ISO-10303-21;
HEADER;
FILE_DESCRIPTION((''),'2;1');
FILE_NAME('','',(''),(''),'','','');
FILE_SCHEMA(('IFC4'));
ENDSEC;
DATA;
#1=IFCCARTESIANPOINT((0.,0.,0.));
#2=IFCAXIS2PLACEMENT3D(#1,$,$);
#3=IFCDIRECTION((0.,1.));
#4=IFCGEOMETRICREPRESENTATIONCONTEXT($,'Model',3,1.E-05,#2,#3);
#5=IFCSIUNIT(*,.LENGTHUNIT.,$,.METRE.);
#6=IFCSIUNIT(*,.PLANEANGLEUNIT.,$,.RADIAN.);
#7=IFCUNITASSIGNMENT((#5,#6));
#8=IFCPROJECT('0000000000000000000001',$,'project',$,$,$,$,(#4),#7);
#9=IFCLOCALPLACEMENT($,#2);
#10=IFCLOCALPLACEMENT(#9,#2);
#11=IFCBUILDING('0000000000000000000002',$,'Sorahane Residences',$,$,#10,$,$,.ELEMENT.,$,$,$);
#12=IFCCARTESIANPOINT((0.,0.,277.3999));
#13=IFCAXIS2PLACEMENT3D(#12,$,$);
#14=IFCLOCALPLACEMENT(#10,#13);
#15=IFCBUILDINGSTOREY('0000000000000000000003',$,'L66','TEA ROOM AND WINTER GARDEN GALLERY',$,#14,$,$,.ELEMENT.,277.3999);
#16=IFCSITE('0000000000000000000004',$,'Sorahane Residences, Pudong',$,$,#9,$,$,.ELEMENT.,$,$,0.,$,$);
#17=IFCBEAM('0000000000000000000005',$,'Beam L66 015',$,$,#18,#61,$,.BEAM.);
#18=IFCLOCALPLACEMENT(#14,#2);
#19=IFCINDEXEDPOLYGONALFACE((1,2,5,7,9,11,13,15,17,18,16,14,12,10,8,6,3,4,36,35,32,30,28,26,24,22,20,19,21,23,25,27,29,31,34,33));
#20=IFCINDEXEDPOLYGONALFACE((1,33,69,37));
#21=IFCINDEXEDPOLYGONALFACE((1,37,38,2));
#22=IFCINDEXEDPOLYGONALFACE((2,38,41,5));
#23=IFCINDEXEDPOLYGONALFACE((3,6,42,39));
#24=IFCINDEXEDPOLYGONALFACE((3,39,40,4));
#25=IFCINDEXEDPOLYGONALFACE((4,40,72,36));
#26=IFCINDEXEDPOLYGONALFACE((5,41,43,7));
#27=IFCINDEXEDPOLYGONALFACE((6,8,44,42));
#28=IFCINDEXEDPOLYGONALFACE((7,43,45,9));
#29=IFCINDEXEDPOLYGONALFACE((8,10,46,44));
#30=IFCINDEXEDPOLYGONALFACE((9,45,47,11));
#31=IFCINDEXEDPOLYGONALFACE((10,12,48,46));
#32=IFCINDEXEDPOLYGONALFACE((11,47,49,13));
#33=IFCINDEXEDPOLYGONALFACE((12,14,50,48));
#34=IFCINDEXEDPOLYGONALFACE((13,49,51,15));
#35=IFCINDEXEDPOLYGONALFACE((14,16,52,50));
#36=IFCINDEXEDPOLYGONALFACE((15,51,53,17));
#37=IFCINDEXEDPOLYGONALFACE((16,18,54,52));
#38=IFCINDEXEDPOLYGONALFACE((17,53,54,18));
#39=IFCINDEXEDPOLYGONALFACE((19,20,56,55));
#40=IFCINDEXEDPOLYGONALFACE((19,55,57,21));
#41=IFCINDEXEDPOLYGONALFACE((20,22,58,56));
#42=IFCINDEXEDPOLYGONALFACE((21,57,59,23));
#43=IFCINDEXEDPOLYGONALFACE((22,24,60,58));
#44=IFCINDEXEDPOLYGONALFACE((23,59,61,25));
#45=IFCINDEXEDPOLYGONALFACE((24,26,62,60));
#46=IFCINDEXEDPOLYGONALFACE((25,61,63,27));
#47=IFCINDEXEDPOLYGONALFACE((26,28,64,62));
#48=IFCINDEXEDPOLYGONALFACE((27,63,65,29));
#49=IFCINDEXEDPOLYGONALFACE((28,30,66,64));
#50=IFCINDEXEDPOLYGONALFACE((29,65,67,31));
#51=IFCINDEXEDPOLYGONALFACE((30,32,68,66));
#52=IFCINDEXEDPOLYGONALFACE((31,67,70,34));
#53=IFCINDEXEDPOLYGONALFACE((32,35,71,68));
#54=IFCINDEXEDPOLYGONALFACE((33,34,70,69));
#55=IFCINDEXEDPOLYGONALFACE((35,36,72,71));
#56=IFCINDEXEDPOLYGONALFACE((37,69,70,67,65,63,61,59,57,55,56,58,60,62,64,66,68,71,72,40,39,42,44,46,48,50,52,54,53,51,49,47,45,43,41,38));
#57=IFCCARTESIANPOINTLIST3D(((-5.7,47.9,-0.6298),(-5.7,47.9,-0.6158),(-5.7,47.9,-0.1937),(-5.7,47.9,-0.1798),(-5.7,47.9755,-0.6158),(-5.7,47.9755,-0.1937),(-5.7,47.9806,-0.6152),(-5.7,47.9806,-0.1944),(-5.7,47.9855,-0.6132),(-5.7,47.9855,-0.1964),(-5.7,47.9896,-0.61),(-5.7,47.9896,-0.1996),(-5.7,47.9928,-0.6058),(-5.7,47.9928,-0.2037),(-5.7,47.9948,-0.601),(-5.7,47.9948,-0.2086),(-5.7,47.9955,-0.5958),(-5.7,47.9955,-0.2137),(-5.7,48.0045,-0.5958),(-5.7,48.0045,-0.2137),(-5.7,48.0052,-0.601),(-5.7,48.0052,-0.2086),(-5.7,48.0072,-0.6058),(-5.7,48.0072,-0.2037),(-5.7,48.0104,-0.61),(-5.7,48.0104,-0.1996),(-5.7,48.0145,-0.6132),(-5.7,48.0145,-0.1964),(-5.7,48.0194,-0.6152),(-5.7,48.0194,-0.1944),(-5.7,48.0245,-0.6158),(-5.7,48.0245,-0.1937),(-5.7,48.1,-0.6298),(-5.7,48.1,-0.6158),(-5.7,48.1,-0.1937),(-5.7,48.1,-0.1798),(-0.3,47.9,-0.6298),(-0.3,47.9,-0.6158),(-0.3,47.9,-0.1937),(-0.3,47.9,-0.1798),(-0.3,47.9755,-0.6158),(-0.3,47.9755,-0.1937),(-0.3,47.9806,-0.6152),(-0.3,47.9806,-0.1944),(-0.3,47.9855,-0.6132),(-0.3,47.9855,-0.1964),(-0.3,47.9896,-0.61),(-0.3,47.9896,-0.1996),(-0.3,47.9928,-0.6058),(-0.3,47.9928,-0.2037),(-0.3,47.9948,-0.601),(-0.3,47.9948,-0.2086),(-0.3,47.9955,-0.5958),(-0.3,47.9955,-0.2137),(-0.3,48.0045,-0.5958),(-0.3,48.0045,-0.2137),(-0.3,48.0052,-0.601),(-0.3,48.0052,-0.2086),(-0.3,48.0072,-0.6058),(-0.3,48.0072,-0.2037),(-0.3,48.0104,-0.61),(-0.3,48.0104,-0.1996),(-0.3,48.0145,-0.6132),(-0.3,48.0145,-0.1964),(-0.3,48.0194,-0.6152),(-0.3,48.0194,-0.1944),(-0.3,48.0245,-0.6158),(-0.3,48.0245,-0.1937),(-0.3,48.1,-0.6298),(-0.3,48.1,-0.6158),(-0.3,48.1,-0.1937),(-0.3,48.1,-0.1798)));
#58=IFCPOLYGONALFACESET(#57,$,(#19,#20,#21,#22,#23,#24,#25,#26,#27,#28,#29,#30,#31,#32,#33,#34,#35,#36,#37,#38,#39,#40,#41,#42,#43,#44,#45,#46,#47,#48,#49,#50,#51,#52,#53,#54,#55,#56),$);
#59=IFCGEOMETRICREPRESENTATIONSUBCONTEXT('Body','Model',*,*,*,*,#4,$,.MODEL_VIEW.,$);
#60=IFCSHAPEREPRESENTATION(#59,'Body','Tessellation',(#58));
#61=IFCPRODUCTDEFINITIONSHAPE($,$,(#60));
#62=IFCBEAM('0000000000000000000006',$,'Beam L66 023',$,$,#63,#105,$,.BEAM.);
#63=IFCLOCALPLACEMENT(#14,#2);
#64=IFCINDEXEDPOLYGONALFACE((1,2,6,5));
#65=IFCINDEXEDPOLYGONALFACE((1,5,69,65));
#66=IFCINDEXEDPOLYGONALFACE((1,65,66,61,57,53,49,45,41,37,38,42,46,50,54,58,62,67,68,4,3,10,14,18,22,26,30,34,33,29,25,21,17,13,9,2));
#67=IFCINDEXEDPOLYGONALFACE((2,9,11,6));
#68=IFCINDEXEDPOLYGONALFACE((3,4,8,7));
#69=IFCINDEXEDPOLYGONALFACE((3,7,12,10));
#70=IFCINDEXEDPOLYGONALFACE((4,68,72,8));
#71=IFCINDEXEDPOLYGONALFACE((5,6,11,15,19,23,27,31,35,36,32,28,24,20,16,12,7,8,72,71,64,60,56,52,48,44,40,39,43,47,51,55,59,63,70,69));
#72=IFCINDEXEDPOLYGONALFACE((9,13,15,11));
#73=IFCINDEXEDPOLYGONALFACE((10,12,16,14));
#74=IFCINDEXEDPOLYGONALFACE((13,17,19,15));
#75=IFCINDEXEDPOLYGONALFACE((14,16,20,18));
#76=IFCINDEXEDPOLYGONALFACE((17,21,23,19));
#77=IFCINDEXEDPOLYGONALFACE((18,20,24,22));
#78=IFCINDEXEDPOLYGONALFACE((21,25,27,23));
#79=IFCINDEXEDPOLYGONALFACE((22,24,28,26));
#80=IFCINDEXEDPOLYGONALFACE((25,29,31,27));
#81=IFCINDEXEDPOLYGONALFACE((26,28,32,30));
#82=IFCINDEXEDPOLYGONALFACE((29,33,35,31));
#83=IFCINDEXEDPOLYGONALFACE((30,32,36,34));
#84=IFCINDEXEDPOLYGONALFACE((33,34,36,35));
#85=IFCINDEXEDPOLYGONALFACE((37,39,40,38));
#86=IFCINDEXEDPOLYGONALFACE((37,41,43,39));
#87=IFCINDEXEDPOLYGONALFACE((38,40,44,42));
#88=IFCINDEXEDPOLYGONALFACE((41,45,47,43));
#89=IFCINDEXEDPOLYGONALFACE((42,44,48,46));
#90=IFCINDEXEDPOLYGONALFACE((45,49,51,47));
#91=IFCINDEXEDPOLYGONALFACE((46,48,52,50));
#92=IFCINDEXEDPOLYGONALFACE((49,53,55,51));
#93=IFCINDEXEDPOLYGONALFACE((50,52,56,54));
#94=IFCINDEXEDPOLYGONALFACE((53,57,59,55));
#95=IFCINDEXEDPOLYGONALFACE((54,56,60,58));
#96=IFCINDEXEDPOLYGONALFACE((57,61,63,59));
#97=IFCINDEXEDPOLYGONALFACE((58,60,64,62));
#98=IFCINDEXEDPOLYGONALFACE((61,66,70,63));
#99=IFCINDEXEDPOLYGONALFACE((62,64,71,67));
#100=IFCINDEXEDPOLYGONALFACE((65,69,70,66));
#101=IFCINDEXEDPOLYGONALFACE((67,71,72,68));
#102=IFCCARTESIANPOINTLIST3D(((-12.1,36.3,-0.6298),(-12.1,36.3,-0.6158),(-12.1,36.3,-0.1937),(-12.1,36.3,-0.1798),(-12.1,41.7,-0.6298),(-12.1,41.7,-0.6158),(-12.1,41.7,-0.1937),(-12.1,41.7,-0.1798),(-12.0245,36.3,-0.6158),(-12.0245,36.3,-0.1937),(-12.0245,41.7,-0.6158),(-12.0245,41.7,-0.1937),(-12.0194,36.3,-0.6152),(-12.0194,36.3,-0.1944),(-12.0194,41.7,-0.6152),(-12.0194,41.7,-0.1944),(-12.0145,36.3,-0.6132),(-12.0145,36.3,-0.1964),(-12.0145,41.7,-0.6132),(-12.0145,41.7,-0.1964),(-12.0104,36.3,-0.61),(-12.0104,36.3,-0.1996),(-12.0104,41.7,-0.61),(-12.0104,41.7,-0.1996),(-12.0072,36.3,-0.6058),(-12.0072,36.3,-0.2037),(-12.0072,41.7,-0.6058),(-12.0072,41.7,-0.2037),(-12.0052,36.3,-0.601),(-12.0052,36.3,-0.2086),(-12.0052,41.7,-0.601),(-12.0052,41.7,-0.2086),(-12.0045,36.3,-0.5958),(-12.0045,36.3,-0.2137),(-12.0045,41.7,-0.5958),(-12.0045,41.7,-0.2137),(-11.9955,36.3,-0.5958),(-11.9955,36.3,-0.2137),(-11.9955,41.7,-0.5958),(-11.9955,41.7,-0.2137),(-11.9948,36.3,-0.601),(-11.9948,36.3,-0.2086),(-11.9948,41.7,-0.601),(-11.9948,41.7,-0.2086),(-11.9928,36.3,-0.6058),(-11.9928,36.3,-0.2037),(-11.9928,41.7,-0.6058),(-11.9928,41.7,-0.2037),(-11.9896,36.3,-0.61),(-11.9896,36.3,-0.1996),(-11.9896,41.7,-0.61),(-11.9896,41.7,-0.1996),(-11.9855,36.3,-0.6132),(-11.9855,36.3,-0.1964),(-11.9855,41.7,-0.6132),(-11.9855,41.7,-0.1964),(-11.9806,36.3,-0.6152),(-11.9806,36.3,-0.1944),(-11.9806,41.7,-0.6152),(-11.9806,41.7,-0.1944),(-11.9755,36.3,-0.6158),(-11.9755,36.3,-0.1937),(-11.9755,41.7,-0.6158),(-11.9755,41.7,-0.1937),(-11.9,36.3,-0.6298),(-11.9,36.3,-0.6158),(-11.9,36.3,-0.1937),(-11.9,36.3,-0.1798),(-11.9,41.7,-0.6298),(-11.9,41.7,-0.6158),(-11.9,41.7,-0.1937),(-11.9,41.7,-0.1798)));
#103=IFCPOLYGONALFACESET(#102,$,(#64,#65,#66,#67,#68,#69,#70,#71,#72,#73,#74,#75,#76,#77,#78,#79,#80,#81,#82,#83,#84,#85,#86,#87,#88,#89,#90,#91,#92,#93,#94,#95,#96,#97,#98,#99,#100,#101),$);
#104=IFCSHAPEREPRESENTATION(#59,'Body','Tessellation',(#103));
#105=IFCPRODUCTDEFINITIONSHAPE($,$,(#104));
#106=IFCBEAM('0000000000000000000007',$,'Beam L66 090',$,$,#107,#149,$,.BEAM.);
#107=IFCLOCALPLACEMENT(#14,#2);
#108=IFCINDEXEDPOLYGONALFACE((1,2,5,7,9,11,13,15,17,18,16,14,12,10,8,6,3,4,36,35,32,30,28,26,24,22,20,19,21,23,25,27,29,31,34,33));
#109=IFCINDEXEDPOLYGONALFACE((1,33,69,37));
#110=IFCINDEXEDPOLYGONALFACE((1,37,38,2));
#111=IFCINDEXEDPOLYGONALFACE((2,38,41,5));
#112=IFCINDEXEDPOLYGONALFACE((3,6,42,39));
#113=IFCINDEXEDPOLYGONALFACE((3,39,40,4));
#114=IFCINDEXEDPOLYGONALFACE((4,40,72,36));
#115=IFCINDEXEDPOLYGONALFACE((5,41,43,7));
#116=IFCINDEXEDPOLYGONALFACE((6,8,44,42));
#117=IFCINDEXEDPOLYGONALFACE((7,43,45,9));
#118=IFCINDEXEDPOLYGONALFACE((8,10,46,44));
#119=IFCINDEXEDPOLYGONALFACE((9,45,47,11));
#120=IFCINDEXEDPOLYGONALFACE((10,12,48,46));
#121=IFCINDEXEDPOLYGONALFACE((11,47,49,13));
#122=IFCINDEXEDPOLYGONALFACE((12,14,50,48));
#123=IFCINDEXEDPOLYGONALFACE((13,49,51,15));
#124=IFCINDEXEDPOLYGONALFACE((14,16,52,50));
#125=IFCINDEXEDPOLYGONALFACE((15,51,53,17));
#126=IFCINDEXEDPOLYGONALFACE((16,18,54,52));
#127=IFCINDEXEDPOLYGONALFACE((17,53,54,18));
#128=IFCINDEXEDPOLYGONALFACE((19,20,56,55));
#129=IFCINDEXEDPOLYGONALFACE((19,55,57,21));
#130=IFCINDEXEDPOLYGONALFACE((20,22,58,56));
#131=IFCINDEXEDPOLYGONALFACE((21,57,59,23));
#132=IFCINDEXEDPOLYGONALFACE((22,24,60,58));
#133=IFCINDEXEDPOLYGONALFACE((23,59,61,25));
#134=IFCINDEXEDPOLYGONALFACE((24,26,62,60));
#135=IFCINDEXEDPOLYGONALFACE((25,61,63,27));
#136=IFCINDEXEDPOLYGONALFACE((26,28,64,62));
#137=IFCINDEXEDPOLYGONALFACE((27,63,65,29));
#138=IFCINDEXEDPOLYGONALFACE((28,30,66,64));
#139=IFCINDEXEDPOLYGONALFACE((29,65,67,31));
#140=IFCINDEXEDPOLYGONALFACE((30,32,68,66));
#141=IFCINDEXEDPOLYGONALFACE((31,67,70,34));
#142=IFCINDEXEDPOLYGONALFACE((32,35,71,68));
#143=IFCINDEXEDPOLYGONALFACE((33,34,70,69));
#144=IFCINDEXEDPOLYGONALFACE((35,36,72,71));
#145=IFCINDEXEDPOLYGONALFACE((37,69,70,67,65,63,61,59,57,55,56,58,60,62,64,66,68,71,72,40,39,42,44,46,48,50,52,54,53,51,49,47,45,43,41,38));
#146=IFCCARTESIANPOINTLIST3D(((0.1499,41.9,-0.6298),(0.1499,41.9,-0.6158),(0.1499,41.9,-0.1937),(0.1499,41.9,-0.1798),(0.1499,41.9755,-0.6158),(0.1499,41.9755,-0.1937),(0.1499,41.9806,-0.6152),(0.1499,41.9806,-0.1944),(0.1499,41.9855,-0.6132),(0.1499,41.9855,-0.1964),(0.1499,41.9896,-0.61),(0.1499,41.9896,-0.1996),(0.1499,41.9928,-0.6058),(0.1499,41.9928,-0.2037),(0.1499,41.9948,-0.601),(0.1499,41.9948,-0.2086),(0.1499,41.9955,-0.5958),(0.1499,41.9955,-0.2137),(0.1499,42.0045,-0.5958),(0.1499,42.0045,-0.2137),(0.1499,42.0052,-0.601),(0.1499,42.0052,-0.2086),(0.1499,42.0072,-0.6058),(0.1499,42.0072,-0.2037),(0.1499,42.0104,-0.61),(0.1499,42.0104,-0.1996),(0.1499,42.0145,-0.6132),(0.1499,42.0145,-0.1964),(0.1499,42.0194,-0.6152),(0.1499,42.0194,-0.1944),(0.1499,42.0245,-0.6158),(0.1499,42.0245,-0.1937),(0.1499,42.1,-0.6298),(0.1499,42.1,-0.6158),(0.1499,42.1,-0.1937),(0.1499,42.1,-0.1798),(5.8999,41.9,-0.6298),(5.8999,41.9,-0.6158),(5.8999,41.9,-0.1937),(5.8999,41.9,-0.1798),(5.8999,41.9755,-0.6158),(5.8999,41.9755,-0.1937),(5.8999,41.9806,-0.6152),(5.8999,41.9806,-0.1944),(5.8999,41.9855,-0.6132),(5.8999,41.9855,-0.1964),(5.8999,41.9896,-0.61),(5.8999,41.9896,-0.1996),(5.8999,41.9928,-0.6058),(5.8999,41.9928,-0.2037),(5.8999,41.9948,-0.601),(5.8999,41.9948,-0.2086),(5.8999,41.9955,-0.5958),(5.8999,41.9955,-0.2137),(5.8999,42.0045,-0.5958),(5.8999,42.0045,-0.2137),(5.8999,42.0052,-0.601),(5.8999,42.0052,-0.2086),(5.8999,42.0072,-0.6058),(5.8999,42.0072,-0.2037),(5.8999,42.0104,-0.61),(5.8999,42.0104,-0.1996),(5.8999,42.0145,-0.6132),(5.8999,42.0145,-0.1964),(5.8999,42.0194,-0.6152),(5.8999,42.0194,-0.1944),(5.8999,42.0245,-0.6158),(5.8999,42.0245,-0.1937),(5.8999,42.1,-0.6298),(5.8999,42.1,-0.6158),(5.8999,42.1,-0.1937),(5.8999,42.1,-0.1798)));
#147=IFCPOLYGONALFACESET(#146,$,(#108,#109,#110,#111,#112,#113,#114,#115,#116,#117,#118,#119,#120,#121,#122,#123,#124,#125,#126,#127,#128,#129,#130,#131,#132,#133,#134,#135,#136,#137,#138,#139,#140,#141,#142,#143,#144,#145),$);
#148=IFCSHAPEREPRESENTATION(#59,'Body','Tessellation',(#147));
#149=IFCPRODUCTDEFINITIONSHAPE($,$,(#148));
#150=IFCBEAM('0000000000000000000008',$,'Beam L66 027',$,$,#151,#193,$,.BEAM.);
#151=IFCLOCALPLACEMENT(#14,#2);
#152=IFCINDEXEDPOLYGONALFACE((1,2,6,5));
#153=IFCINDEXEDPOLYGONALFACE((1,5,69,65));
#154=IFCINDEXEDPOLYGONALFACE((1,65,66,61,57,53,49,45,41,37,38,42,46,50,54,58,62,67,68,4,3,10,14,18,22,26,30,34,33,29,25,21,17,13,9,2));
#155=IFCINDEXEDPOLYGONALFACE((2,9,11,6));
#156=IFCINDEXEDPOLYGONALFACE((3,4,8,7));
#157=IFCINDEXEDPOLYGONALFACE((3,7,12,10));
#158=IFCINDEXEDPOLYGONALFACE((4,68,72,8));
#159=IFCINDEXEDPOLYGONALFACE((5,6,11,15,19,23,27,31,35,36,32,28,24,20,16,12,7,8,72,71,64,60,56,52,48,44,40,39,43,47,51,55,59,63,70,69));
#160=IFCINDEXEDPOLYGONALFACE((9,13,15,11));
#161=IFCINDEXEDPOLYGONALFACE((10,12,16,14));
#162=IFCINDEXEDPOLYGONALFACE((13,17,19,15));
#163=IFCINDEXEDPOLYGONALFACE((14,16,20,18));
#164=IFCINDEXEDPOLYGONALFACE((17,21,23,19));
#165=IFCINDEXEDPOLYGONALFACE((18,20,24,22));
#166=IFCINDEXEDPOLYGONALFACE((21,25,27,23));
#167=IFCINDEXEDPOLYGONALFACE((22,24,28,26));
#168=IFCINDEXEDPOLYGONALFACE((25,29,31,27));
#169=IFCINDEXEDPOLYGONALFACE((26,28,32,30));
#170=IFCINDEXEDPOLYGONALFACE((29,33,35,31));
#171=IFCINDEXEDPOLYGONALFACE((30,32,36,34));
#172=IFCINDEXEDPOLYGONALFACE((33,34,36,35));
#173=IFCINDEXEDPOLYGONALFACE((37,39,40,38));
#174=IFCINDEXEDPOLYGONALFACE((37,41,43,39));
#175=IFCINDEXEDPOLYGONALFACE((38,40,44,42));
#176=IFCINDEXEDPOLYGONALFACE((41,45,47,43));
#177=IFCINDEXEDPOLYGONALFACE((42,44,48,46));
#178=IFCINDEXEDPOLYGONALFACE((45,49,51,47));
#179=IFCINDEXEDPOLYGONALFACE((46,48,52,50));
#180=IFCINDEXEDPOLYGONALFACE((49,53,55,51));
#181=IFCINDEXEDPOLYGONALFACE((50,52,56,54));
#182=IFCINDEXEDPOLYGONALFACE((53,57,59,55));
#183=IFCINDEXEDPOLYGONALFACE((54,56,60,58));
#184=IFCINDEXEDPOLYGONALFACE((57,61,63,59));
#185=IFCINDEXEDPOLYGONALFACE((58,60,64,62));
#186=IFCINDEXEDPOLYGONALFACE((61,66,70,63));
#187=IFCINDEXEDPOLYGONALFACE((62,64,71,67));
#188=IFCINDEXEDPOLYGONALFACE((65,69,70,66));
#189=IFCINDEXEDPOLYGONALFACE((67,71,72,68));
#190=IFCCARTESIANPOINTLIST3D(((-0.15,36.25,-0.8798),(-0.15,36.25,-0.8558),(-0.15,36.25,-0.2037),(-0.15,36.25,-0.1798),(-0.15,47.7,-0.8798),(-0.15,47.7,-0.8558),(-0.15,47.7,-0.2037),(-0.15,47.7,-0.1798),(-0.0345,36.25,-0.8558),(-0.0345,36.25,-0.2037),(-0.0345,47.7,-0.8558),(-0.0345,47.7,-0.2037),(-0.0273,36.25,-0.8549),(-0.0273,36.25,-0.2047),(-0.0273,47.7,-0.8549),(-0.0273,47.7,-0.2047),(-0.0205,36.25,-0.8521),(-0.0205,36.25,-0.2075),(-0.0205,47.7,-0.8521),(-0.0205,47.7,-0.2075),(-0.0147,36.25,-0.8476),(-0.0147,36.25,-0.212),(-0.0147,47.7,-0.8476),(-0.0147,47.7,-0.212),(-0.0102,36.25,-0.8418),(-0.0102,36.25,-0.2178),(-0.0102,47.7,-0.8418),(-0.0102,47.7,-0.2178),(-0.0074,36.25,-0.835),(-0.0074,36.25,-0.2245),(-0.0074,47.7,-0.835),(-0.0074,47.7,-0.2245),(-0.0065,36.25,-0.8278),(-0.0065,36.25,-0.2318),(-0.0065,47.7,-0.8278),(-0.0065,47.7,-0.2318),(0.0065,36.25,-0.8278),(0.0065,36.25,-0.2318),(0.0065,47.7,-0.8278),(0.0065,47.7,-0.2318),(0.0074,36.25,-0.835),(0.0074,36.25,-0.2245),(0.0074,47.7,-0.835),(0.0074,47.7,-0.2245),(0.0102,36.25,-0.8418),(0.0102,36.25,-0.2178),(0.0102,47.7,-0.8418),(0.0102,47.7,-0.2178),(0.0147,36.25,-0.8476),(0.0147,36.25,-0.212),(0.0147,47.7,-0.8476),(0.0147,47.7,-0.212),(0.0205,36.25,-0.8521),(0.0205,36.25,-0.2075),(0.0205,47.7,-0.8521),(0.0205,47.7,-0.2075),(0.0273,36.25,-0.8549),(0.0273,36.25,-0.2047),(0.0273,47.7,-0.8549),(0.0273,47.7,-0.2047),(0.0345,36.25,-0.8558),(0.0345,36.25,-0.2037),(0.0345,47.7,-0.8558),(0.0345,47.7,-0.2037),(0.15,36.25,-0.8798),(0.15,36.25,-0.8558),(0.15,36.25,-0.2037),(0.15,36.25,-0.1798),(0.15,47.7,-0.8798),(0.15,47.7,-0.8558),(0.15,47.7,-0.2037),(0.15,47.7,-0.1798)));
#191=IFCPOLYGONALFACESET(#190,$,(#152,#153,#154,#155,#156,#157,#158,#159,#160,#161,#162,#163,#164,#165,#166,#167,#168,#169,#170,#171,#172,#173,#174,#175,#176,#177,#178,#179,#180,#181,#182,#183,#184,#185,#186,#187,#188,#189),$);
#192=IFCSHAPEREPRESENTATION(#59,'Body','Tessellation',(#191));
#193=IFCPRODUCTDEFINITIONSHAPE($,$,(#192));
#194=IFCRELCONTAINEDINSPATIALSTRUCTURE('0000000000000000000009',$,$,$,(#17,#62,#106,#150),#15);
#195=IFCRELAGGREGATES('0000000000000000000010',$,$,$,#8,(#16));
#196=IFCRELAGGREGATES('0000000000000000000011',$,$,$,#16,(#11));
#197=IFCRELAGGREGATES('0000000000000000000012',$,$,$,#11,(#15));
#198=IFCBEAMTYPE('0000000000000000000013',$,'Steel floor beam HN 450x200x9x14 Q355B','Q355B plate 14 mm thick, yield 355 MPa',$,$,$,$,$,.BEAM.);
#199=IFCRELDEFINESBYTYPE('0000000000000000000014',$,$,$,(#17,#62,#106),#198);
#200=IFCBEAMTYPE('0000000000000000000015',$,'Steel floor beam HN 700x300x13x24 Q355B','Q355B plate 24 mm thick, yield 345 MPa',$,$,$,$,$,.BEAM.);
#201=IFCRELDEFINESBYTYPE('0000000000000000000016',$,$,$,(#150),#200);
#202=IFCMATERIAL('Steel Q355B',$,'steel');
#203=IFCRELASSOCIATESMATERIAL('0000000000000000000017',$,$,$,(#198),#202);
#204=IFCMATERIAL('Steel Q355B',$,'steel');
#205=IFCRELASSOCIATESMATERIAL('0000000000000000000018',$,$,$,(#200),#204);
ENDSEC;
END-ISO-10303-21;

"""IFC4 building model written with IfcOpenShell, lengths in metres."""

from ifc_helpers import new_model, si_unit, direction, frame, origin, origin_2d, place, context, subcontext, project, spatial, i_section, extrude, material, material_profile, profile_set, type_object, element, save


model = new_model("IFC4")

# Units and contexts
model_context = context("Model", 3, precision=1e-05, world=origin(), true_north=direction((0.0, 1.0)))
body_context = subcontext(model_context, "Body", "Model", "MODEL_VIEW")
ifc_project = project(units=[si_unit("LENGTHUNIT", "METRE"), si_unit("PLANEANGLEUNIT", "RADIAN")], contexts=[model_context])

# Site, building, storey
site_placement = place(None, origin())
site = spatial("IfcSite", under=ifc_project, at=site_placement, Name="Sorahane Residences, Pudong", CompositionType="ELEMENT", RefElevation=0.0)
building_placement = place(site_placement, origin())
building = spatial("IfcBuilding", under=site, at=building_placement, Name="Sorahane Residences", CompositionType="ELEMENT")
storey_placement = place(building_placement, frame((0.0, 0.0, 277.3999)))
storey = spatial("IfcBuildingStorey", under=building, at=storey_placement, Name="L66", Description="TEA ROOM AND WINTER GARDEN GALLERY", CompositionType="ELEMENT", Elevation=277.3999)

# Beams
ifc_material_1 = material(Name="Steel Q355B", Category="steel")
ifc_material_profile_1 = material_profile(ifc_material_1, i_section(OverallWidth=0.2, OverallDepth=0.45, WebThickness=0.009, FlangeThickness=0.0139, FilletRadius=0.02, at=origin_2d()), Name="HN 450x200x9x14")
ifc_profile_set_1 = profile_set([ifc_material_profile_1], Name="Steel Q355B")
beam_type_1 = type_object("IfcBeamType", Name="Steel floor beam HN 450x200x9x14 Q355B", Description="Q355B plate 14 mm thick, yield 355 MPa", PredefinedType="BEAM", material=ifc_profile_set_1)
for number, where, z_axis, x_axis, name in (
    (1, (-5.7, 48.0, -0.4048), (1.0, 0.0, 0.0), (0.0, 1.0, 0.0), "Beam L66 015"),
    (2, (-12.0, 36.3, -0.4048), (0.0, 1.0, 0.0), (-1.0, 0.0, 0.0), "Beam L66 023"),
):
    element("IfcBeam", number, at=place(storey_placement, frame(where, z_axis=z_axis, x_axis=x_axis)), inside=storey, type_object=beam_type_1, Name=name, PredefinedType="BEAM", context=body_context, shape_type="SweptSolid", body=[
        extrude(i_section(OverallWidth=0.2, OverallDepth=0.45, WebThickness=0.009, FlangeThickness=0.0139, FilletRadius=0.02, at=origin_2d()), origin(), (0.0, 0.0, 1.0), 5.3999),
    ])
beam_1_placement = place(storey_placement, frame((0.1499, 42.0, -0.4048), z_axis=(1.0, 0.0, 0.0), x_axis=(0.0, 1.0, 0.0)))
element("IfcBeam", 3, at=beam_1_placement, inside=storey, type_object=beam_type_1, Name="Beam L66 090", PredefinedType="BEAM", context=body_context, shape_type="SweptSolid", body=[
    extrude(i_section(OverallWidth=0.2, OverallDepth=0.45, WebThickness=0.009, FlangeThickness=0.0139, FilletRadius=0.02, at=origin_2d()), origin(), (0.0, 0.0, 1.0), 5.75),
])
ifc_material_2 = material(Name="Steel Q355B", Category="steel")
ifc_material_profile_2 = material_profile(ifc_material_2, i_section(OverallWidth=0.3, OverallDepth=0.7, WebThickness=0.0129, FlangeThickness=0.0239, FilletRadius=0.0281, at=origin_2d()), Name="HN 700x300x13x24")
ifc_profile_set_2 = profile_set([ifc_material_profile_2], Name="Steel Q355B")
beam_type_2 = type_object("IfcBeamType", Name="Steel floor beam HN 700x300x13x24 Q355B", Description="Q355B plate 24 mm thick, yield 345 MPa", PredefinedType="BEAM", material=ifc_profile_set_2)
beam_2_placement = place(storey_placement, frame((0.0, 36.25, -0.5298), z_axis=(0.0, 1.0, 0.0), x_axis=(-1.0, 0.0, 0.0)))
element("IfcBeam", 4, at=beam_2_placement, inside=storey, type_object=beam_type_2, Name="Beam L66 027", PredefinedType="BEAM", context=body_context, shape_type="SweptSolid", body=[
    extrude(i_section(OverallWidth=0.3, OverallDepth=0.7, WebThickness=0.0129, FlangeThickness=0.0239, FilletRadius=0.0281, at=origin_2d()), origin(), (0.0, 0.0, 1.0), 11.45),
])

save(model, "model.ifc")
